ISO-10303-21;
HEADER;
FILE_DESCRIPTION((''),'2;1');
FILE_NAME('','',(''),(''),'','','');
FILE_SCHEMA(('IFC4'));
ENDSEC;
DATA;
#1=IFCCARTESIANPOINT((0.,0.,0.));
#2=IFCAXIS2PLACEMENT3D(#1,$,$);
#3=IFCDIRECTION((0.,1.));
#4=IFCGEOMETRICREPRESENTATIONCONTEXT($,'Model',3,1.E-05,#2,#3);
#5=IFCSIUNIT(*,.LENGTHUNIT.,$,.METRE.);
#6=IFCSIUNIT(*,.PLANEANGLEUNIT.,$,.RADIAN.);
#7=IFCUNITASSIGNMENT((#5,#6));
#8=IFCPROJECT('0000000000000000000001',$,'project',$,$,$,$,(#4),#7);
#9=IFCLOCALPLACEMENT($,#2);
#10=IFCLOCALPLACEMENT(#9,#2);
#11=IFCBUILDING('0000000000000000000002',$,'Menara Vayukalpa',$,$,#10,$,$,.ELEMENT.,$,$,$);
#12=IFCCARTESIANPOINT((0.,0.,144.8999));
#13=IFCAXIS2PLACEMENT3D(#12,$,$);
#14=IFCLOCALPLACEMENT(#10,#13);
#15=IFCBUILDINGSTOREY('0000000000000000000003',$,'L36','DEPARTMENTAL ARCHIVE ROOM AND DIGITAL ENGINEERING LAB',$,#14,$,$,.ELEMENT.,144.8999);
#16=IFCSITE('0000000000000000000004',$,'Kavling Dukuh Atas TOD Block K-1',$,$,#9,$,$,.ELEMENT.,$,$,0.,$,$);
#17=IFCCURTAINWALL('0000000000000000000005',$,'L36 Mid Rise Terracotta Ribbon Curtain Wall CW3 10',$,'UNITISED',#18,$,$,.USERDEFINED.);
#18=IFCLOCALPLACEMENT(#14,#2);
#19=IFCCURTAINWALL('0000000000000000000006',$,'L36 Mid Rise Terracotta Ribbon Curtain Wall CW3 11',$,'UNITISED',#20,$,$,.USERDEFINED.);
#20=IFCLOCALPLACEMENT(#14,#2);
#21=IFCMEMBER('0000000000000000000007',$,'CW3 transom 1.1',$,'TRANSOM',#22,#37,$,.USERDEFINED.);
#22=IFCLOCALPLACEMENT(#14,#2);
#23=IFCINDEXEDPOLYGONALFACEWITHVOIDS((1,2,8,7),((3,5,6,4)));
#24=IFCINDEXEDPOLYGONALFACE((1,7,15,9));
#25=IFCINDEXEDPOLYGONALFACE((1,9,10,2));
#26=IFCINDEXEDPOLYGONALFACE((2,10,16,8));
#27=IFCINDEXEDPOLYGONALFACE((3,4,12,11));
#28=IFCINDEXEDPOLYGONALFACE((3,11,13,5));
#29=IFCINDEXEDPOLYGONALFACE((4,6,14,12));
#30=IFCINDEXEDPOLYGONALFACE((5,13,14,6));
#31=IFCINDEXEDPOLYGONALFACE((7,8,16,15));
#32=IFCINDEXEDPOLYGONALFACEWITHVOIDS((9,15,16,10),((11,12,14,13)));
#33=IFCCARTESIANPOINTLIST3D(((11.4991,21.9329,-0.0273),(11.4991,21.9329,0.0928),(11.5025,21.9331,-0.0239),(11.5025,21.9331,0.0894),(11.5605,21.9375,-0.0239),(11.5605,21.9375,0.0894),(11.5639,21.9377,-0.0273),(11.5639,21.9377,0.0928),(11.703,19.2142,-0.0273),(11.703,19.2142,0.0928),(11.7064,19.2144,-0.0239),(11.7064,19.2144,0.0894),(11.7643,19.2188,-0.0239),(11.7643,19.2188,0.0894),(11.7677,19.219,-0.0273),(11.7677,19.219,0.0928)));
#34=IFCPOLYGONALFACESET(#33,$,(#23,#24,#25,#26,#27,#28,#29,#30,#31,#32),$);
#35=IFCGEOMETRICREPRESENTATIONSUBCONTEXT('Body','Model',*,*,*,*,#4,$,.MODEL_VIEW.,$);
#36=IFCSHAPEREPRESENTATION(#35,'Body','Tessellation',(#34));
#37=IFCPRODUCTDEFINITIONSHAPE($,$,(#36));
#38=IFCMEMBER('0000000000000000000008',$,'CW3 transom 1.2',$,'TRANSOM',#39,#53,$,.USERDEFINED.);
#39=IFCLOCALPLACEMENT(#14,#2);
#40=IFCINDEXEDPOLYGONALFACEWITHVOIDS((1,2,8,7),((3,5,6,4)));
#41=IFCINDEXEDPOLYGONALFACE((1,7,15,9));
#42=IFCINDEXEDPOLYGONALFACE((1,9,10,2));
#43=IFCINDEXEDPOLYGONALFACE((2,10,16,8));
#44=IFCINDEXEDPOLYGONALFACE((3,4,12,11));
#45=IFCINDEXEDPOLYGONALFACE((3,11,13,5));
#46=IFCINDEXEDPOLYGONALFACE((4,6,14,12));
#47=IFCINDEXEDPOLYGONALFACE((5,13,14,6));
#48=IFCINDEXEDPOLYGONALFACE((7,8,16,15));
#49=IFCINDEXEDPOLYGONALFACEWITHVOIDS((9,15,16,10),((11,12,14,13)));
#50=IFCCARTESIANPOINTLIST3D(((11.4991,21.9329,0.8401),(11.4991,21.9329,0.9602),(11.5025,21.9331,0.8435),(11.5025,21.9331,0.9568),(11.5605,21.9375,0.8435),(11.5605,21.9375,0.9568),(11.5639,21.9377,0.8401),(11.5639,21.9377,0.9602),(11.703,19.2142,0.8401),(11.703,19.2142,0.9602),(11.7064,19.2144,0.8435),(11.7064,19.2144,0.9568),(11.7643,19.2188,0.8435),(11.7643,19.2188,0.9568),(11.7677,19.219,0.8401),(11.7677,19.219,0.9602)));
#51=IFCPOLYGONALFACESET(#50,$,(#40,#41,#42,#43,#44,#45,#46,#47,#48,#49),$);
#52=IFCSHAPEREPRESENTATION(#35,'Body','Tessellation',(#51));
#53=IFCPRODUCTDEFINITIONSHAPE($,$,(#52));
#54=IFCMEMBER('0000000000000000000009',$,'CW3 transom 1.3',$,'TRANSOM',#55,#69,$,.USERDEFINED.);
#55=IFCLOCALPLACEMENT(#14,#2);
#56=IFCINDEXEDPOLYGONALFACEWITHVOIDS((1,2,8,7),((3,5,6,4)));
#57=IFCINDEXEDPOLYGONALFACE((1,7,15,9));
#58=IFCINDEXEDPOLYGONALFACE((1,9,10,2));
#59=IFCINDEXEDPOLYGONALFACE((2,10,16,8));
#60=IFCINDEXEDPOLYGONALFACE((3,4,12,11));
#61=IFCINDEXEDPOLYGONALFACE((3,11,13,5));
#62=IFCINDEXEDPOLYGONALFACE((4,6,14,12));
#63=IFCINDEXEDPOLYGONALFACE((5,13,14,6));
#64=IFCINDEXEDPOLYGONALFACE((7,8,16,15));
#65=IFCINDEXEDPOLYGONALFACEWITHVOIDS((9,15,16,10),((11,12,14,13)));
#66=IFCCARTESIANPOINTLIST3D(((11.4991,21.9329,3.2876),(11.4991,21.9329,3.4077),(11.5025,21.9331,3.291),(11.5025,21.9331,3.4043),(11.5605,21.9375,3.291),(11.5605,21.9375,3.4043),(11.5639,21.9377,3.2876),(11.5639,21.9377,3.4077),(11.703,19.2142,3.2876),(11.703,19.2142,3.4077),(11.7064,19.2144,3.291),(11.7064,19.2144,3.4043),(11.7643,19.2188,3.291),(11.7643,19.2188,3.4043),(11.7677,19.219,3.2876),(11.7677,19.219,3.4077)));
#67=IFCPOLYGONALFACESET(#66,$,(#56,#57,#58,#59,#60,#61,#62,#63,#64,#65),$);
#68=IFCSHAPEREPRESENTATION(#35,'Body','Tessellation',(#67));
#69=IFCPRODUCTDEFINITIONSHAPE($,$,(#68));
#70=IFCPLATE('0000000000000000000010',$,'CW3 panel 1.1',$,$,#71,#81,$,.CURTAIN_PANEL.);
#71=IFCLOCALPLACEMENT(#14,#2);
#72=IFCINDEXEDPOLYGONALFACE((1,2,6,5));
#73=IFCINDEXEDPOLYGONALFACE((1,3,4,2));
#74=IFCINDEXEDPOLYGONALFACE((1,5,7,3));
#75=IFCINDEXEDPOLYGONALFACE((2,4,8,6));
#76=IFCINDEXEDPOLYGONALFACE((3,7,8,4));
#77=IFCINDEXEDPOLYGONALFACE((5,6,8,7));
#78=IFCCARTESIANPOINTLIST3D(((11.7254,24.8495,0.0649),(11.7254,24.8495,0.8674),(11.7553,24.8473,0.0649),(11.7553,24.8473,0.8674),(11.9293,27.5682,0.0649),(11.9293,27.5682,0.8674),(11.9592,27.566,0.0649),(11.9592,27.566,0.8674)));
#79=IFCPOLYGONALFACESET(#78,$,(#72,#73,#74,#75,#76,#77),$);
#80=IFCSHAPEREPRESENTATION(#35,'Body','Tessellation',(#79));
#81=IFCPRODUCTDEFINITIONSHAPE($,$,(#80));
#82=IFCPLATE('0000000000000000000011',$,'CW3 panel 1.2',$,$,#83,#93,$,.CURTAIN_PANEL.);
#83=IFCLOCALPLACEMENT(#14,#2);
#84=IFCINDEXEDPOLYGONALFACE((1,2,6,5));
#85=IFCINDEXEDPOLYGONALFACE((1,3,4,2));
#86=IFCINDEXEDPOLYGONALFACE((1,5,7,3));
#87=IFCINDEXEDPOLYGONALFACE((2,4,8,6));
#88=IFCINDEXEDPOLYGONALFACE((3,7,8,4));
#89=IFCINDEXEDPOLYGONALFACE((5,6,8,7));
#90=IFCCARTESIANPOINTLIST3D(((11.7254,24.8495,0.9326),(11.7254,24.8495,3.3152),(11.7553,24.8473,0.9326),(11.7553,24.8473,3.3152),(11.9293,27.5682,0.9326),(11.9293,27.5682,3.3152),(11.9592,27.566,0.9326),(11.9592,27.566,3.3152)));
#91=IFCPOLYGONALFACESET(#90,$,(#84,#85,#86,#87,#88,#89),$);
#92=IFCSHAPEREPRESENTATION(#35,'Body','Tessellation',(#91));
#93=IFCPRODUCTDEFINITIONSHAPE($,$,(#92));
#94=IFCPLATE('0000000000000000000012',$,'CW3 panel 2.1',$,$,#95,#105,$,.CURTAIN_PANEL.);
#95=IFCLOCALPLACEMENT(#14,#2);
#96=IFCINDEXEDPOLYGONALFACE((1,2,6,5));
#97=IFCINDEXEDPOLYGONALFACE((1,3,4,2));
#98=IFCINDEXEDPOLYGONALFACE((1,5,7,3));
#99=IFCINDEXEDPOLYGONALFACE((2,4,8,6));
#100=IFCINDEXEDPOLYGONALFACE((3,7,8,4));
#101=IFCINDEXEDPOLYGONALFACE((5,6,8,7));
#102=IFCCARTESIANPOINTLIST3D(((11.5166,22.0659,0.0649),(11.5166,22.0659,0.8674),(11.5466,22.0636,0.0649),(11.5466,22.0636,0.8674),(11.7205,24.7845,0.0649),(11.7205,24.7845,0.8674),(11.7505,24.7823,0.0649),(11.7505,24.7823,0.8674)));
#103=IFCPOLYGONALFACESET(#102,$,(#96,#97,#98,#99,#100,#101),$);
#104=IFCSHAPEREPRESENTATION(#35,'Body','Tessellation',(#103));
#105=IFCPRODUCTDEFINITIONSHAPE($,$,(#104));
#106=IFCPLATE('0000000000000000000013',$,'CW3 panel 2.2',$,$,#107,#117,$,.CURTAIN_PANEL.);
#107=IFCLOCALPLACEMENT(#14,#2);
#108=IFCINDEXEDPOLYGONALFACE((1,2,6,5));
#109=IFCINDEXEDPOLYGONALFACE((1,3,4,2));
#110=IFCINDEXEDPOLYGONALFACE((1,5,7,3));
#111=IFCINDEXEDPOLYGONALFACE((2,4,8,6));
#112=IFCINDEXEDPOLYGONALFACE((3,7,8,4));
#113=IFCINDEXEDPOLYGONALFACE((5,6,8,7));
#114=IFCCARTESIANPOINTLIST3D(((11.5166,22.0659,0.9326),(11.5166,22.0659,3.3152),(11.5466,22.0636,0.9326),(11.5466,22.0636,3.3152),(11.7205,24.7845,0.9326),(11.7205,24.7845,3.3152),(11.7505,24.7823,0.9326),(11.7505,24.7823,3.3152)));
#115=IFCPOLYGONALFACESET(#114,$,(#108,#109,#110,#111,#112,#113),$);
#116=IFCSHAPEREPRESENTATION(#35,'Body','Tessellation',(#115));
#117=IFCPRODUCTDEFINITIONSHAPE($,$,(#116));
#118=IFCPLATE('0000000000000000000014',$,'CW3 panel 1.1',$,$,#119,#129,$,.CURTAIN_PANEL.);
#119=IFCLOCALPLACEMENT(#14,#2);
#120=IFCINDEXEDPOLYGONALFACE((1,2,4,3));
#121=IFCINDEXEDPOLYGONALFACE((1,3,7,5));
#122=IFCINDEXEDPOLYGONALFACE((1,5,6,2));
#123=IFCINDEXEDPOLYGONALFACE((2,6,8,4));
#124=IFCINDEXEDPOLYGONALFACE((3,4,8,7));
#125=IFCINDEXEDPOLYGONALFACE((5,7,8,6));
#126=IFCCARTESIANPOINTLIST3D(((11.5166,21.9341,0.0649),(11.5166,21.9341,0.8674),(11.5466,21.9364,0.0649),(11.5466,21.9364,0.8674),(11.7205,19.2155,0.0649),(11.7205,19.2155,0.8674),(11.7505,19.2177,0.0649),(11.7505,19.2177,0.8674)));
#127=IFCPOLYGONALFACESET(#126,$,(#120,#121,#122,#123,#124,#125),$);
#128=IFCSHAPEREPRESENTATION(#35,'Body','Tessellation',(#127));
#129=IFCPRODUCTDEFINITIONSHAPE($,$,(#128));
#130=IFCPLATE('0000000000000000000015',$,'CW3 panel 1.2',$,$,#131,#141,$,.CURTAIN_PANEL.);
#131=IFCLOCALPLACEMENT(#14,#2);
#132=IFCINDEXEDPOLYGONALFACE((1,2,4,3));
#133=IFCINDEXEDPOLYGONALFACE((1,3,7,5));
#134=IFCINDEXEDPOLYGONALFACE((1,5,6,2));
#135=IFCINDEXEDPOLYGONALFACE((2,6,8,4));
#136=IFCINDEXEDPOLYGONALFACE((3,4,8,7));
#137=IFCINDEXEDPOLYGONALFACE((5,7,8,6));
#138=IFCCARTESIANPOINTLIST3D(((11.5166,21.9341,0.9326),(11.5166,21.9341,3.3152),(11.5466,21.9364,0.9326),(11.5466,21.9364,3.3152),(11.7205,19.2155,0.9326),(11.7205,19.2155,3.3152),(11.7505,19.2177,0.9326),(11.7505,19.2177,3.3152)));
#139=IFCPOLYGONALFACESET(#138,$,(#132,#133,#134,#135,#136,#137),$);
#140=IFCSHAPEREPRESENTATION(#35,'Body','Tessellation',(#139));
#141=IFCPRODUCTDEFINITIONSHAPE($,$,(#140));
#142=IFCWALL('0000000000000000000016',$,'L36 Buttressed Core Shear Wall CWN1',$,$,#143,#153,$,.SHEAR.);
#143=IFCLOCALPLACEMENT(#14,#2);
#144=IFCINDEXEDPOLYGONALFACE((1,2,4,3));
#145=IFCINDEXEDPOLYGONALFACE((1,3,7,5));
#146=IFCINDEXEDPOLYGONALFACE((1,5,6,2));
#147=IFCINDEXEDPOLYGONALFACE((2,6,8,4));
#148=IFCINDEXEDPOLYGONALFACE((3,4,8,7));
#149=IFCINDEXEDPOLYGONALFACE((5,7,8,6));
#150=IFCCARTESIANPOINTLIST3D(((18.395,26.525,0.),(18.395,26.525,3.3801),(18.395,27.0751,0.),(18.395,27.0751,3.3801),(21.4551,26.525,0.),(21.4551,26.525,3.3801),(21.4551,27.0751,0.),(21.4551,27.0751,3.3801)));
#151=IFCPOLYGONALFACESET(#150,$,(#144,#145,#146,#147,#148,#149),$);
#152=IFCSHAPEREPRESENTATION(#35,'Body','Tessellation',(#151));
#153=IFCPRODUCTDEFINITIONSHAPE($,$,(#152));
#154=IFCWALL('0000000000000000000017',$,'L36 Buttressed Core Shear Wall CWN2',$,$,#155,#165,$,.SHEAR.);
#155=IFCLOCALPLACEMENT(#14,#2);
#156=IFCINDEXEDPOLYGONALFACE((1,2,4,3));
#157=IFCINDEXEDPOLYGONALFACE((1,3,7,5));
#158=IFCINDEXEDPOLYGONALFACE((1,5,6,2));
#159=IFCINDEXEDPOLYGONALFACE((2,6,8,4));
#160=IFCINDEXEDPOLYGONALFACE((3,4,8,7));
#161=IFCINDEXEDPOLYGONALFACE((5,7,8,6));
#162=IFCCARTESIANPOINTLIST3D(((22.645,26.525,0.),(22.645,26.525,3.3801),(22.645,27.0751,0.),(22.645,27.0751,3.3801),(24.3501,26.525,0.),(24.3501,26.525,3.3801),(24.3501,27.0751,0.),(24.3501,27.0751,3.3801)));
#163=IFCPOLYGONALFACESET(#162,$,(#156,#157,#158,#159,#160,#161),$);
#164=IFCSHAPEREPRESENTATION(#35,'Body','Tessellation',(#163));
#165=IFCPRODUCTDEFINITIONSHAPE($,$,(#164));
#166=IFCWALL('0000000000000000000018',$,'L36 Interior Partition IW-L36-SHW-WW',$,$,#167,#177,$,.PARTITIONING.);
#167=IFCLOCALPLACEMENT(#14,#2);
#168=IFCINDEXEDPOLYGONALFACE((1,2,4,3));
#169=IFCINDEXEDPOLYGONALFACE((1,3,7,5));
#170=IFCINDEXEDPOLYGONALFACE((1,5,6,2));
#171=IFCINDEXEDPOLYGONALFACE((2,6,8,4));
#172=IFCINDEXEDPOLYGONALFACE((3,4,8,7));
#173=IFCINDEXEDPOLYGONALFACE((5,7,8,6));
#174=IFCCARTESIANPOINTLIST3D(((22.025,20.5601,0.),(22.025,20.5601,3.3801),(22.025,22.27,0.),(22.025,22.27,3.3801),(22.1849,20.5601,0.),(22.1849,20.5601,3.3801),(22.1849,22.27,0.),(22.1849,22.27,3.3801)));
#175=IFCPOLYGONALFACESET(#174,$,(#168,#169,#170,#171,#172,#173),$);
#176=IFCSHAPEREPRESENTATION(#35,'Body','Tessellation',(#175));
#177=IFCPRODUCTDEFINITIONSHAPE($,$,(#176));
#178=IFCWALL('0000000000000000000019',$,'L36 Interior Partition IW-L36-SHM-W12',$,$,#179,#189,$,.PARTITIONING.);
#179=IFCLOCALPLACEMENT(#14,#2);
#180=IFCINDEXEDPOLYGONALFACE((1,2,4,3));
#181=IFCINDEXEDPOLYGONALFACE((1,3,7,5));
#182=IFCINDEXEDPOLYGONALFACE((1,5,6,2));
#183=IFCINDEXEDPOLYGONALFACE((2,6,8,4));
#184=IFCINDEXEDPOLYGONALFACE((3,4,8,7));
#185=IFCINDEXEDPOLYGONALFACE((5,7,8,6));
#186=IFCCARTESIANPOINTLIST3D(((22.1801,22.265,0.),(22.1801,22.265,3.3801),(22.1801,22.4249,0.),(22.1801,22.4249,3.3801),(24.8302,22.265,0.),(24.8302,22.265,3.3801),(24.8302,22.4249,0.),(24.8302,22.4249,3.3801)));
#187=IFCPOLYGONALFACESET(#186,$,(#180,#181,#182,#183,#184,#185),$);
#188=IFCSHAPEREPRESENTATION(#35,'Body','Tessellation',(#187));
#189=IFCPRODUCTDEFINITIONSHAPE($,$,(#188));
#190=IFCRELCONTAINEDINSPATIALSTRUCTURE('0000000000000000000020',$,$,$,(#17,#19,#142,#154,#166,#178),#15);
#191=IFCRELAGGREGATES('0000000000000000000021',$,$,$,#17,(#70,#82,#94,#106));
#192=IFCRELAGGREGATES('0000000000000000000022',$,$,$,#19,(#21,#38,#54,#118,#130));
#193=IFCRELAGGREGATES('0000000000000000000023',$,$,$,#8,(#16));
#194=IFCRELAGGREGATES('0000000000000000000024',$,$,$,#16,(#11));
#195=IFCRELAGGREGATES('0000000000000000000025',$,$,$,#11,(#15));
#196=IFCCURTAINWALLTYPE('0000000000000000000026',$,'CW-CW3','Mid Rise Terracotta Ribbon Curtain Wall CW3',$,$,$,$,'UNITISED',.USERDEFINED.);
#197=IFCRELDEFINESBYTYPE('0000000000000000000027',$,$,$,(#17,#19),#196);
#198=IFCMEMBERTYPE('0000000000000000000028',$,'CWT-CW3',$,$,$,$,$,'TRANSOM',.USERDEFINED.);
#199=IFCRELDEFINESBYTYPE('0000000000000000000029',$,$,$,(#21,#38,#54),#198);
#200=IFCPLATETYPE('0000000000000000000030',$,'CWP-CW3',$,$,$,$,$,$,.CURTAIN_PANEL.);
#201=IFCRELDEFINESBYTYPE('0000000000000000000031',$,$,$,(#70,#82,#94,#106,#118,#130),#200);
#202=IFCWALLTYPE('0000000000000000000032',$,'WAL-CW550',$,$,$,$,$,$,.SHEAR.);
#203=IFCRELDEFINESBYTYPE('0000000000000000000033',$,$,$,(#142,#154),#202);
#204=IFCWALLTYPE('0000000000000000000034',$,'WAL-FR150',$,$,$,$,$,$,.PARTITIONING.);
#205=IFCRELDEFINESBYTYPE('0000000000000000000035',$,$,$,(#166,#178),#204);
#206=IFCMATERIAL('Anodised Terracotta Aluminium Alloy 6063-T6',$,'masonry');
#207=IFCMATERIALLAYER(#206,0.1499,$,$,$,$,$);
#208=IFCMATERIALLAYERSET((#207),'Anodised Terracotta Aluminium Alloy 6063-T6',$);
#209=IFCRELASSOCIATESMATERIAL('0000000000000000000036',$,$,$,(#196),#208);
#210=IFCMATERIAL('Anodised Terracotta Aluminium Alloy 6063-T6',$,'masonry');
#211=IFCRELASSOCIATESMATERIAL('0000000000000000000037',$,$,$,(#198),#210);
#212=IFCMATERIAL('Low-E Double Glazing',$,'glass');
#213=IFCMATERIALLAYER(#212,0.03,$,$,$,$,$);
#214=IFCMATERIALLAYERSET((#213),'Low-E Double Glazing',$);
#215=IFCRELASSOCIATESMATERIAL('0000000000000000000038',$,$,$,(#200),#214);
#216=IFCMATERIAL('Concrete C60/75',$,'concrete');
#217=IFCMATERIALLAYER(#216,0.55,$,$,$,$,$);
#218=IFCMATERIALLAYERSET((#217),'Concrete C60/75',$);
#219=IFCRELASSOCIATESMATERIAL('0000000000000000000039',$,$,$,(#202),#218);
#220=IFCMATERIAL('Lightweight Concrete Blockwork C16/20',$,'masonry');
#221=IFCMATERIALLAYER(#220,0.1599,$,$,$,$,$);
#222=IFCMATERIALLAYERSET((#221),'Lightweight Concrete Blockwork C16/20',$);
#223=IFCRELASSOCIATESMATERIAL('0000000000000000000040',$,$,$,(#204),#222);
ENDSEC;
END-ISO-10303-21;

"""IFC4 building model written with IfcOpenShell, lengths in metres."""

from ifc_helpers import new_model, si_unit, direction, frame, frame_2d, origin, origin_2d, place, context, subcontext, project, spatial, rectangle, hollow_rectangle, extrude, material, layer, layer_set, material_profile, profile_set, type_object, element, aggregate, save


model = new_model("IFC4")

# Units and contexts
model_context = context("Model", 3, precision=1e-05, world=origin(), true_north=direction((0.0, 1.0)))
body_context = subcontext(model_context, "Body", "Model", "MODEL_VIEW")
ifc_project = project(units=[si_unit("LENGTHUNIT", "METRE"), si_unit("PLANEANGLEUNIT", "RADIAN")], contexts=[model_context])

# Site, building, storey
site_placement = place(None, origin())
site = spatial("IfcSite", under=ifc_project, at=site_placement, Name="Kavling Dukuh Atas TOD Block K-1", CompositionType="ELEMENT", RefElevation=0.0)
building_placement = place(site_placement, origin())
building = spatial("IfcBuilding", under=site, at=building_placement, Name="Menara Vayukalpa", CompositionType="ELEMENT")
storey_placement = place(building_placement, frame((0.0, 0.0, 144.8999)))
storey = spatial("IfcBuildingStorey", under=building, at=storey_placement, Name="L36", Description="DEPARTMENTAL ARCHIVE ROOM AND DIGITAL ENGINEERING LAB", CompositionType="ELEMENT", Elevation=144.8999)

# Curtain wall
ifc_material_1 = material(Name="Anodised Terracotta Aluminium Alloy 6063-T6", Category="masonry")
ifc_layer_1 = layer(ifc_material_1, 0.1499)
ifc_layer_set_1 = layer_set([ifc_layer_1], Name="Anodised Terracotta Aluminium Alloy 6063-T6")
curtain_wall_type = type_object("IfcCurtainWallType", Name="CW-CW3", Description="Mid Rise Terracotta Ribbon Curtain Wall CW3", ElementType="UNITISED", PredefinedType="USERDEFINED", material=ifc_layer_set_1)
curtain_wall_1_placement = place(storey_placement, origin())
curtain_wall_1 = element("IfcCurtainWall", 1, at=curtain_wall_1_placement, inside=storey, type_object=curtain_wall_type, Name="L36 Mid Rise Terracotta Ribbon Curtain Wall CW3 10", ObjectType="UNITISED", PredefinedType="USERDEFINED")

# Curtain wall
curtain_wall_2_placement = place(storey_placement, origin())
curtain_wall_2 = element("IfcCurtainWall", 2, at=curtain_wall_2_placement, inside=storey, type_object=curtain_wall_type, Name="L36 Mid Rise Terracotta Ribbon Curtain Wall CW3 11", ObjectType="UNITISED", PredefinedType="USERDEFINED")

# Members
ifc_material_2 = material(Name="Anodised Terracotta Aluminium Alloy 6063-T6", Category="masonry")
ifc_material_profile_1 = material_profile(ifc_material_2, hollow_rectangle(XDim=0.0649, YDim=0.1201, WallThickness=0.0034, at=origin_2d()), Name="ALU 65x120x3.5")
ifc_profile_set_1 = profile_set([ifc_material_profile_1], Name="Anodised Terracotta Aluminium Alloy 6063-T6")
member_type_1 = type_object("IfcMemberType", Name="CWT-CW3", ElementType="TRANSOM", PredefinedType="USERDEFINED", material=ifc_profile_set_1)
member_1_placement = place(storey_placement, frame((11.5315, 21.9353, 0.0327), z_axis=(0.074772, -0.997201, 0.0), x_axis=(0.997201, 0.074772, 0.0)))
member_1 = element("IfcMember", 3, at=member_1_placement, type_object=member_type_1, Name="CW3 transom 1.1", ObjectType="TRANSOM", PredefinedType="USERDEFINED", context=body_context, shape_type="SweptSolid", body=[
    extrude(hollow_rectangle(XDim=0.0649, YDim=0.1201, WallThickness=0.0034, at=origin_2d()), origin(), (0.0, 0.0, 1.0), 2.7263),
])
member_2_placement = place(storey_placement, frame((11.5315, 21.9353, 0.9001), z_axis=(0.074772, -0.997201, 0.0), x_axis=(0.997201, 0.074772, 0.0)))
member_2 = element("IfcMember", 4, at=member_2_placement, type_object=member_type_1, Name="CW3 transom 1.2", ObjectType="TRANSOM", PredefinedType="USERDEFINED", context=body_context, shape_type="SweptSolid", body=[
    extrude(hollow_rectangle(XDim=0.0649, YDim=0.1201, WallThickness=0.0034, at=origin_2d()), origin(), (0.0, 0.0, 1.0), 2.7263),
])
member_3_placement = place(storey_placement, frame((11.5315, 21.9353, 3.3477), z_axis=(0.074772, -0.997201, 0.0), x_axis=(0.997201, 0.074772, 0.0)))
member_3 = element("IfcMember", 5, at=member_3_placement, type_object=member_type_1, Name="CW3 transom 1.3", ObjectType="TRANSOM", PredefinedType="USERDEFINED", context=body_context, shape_type="SweptSolid", body=[
    extrude(hollow_rectangle(XDim=0.0649, YDim=0.1201, WallThickness=0.0034, at=origin_2d()), origin(), (0.0, 0.0, 1.0), 2.7263),
])

# Plates
ifc_material_3 = material(Name="Low-E Double Glazing", Category="glass")
ifc_layer_2 = layer(ifc_material_3, 0.03)
ifc_layer_set_2 = layer_set([ifc_layer_2], Name="Low-E Double Glazing")
plate_type = type_object("IfcPlateType", Name="CWP-CW3", PredefinedType="CURTAIN_PANEL", material=ifc_layer_set_2)
plate_1_placement = place(storey_placement, frame((11.8423, 26.2078, 0.0649), z_axis=(0.0, 0.0, 1.0), x_axis=(-0.074793, -0.997199, 0.0)))
plate_1 = element("IfcPlate", 6, at=plate_1_placement, type_object=plate_type, Name="CW3 panel 1.1", PredefinedType="CURTAIN_PANEL", context=body_context, shape_type="SweptSolid", body=[
    extrude(rectangle(XDim=2.7263, YDim=0.03, at=origin_2d()), origin(), (0.0, 0.0, 1.0), 0.8025),
])
plate_2_placement = place(storey_placement, frame((11.8423, 26.2078, 0.9326), z_axis=(0.0, 0.0, 1.0), x_axis=(-0.074793, -0.997199, 0.0)))
plate_2 = element("IfcPlate", 7, at=plate_2_placement, type_object=plate_type, Name="CW3 panel 1.2", PredefinedType="CURTAIN_PANEL", context=body_context, shape_type="SweptSolid", body=[
    extrude(rectangle(XDim=2.7263, YDim=0.03, at=origin_2d()), origin(), (0.0, 0.0, 1.0), 2.3826),
])
plate_3_placement = place(storey_placement, frame((11.6335, 23.4241, 0.0649), z_axis=(0.0, 0.0, 1.0), x_axis=(-0.074793, -0.997199, 0.0)))
plate_3 = element("IfcPlate", 8, at=plate_3_placement, type_object=plate_type, Name="CW3 panel 2.1", PredefinedType="CURTAIN_PANEL", context=body_context, shape_type="SweptSolid", body=[
    extrude(rectangle(XDim=2.7263, YDim=0.03, at=origin_2d()), origin(), (0.0, 0.0, 1.0), 0.8025),
])
plate_4_placement = place(storey_placement, frame((11.6335, 23.4241, 0.9326), z_axis=(0.0, 0.0, 1.0), x_axis=(-0.074793, -0.997199, 0.0)))
plate_4 = element("IfcPlate", 9, at=plate_4_placement, type_object=plate_type, Name="CW3 panel 2.2", PredefinedType="CURTAIN_PANEL", context=body_context, shape_type="SweptSolid", body=[
    extrude(rectangle(XDim=2.7263, YDim=0.03, at=origin_2d()), origin(), (0.0, 0.0, 1.0), 2.3826),
])
aggregate(curtain_wall_1, [plate_1, plate_2, plate_3, plate_4])
plate_5_placement = place(storey_placement, frame((11.6335, 20.5759, 0.0649), z_axis=(0.0, 0.0, 1.0), x_axis=(0.074793, -0.997199, 0.0)))
plate_5 = element("IfcPlate", 10, at=plate_5_placement, type_object=plate_type, Name="CW3 panel 1.1", PredefinedType="CURTAIN_PANEL", context=body_context, shape_type="SweptSolid", body=[
    extrude(rectangle(XDim=2.7263, YDim=0.03, at=origin_2d()), origin(), (0.0, 0.0, 1.0), 0.8025),
])
plate_6_placement = place(storey_placement, frame((11.6335, 20.5759, 0.9326), z_axis=(0.0, 0.0, 1.0), x_axis=(0.074793, -0.997199, 0.0)))
plate_6 = element("IfcPlate", 11, at=plate_6_placement, type_object=plate_type, Name="CW3 panel 1.2", PredefinedType="CURTAIN_PANEL", context=body_context, shape_type="SweptSolid", body=[
    extrude(rectangle(XDim=2.7263, YDim=0.03, at=origin_2d()), origin(), (0.0, 0.0, 1.0), 2.3826),
])
aggregate(curtain_wall_2, [member_1, member_2, member_3, plate_5, plate_6])

# Walls
ifc_material_4 = material(Name="Concrete C60/75", Category="concrete")
ifc_layer_3 = layer(ifc_material_4, 0.55)
ifc_layer_set_3 = layer_set([ifc_layer_3], Name="Concrete C60/75")
wall_type_1 = type_object("IfcWallType", Name="WAL-CW550", PredefinedType="SHEAR", material=ifc_layer_set_3)
wall_1_placement = place(storey_placement, frame((18.395, 26.8, 0.0), z_axis=(0.0, 0.0, 1.0), x_axis=(1.0, 0.0, 0.0)))
element("IfcWall", 12, at=wall_1_placement, inside=storey, type_object=wall_type_1, Name="L36 Buttressed Core Shear Wall CWN1", PredefinedType="SHEAR", context=body_context, shape_type="SweptSolid", body=[
    extrude(rectangle(XDim=3.0601, YDim=0.55, at=frame_2d((1.53, 0.0))), origin(), (0.0, 0.0, 1.0), 3.3801),
])
wall_2_placement = place(storey_placement, frame((22.645, 26.8, 0.0), z_axis=(0.0, 0.0, 1.0), x_axis=(1.0, 0.0, 0.0)))
element("IfcWall", 13, at=wall_2_placement, inside=storey, type_object=wall_type_1, Name="L36 Buttressed Core Shear Wall CWN2", PredefinedType="SHEAR", context=body_context, shape_type="SweptSolid", body=[
    extrude(rectangle(XDim=1.7051, YDim=0.55, at=frame_2d((0.8525, 0.0))), origin(), (0.0, 0.0, 1.0), 3.3801),
])
ifc_material_5 = material(Name="Lightweight Concrete Blockwork C16/20", Category="masonry")
ifc_layer_4 = layer(ifc_material_5, 0.1599)
ifc_layer_set_4 = layer_set([ifc_layer_4], Name="Lightweight Concrete Blockwork C16/20")
wall_type_2 = type_object("IfcWallType", Name="WAL-FR150", PredefinedType="PARTITIONING", material=ifc_layer_set_4)
wall_3_placement = place(storey_placement, frame((22.105, 20.5601, 0.0), z_axis=(0.0, 0.0, 1.0), x_axis=(0.0, 1.0, 0.0)))
element("IfcWall", 14, at=wall_3_placement, inside=storey, type_object=wall_type_2, Name="L36 Interior Partition IW-L36-SHW-WW", PredefinedType="PARTITIONING", context=body_context, shape_type="SweptSolid", body=[
    extrude(rectangle(XDim=1.71, YDim=0.1599, at=frame_2d((0.855, 0.0))), origin(), (0.0, 0.0, 1.0), 3.3801),
])
wall_4_placement = place(storey_placement, frame((22.1799, 22.345, 0.0), z_axis=(0.0, 0.0, 1.0), x_axis=(1.0, 0.0, 0.0)))
element("IfcWall", 15, at=wall_4_placement, inside=storey, type_object=wall_type_2, Name="L36 Interior Partition IW-L36-SHM-W12", PredefinedType="PARTITIONING", context=body_context, shape_type="SweptSolid", body=[
    extrude(rectangle(XDim=2.6501, YDim=0.1599, at=frame_2d((1.3252, 0.0))), origin(), (0.0, 0.0, 1.0), 3.3801),
])

save(model, "model.ifc")
